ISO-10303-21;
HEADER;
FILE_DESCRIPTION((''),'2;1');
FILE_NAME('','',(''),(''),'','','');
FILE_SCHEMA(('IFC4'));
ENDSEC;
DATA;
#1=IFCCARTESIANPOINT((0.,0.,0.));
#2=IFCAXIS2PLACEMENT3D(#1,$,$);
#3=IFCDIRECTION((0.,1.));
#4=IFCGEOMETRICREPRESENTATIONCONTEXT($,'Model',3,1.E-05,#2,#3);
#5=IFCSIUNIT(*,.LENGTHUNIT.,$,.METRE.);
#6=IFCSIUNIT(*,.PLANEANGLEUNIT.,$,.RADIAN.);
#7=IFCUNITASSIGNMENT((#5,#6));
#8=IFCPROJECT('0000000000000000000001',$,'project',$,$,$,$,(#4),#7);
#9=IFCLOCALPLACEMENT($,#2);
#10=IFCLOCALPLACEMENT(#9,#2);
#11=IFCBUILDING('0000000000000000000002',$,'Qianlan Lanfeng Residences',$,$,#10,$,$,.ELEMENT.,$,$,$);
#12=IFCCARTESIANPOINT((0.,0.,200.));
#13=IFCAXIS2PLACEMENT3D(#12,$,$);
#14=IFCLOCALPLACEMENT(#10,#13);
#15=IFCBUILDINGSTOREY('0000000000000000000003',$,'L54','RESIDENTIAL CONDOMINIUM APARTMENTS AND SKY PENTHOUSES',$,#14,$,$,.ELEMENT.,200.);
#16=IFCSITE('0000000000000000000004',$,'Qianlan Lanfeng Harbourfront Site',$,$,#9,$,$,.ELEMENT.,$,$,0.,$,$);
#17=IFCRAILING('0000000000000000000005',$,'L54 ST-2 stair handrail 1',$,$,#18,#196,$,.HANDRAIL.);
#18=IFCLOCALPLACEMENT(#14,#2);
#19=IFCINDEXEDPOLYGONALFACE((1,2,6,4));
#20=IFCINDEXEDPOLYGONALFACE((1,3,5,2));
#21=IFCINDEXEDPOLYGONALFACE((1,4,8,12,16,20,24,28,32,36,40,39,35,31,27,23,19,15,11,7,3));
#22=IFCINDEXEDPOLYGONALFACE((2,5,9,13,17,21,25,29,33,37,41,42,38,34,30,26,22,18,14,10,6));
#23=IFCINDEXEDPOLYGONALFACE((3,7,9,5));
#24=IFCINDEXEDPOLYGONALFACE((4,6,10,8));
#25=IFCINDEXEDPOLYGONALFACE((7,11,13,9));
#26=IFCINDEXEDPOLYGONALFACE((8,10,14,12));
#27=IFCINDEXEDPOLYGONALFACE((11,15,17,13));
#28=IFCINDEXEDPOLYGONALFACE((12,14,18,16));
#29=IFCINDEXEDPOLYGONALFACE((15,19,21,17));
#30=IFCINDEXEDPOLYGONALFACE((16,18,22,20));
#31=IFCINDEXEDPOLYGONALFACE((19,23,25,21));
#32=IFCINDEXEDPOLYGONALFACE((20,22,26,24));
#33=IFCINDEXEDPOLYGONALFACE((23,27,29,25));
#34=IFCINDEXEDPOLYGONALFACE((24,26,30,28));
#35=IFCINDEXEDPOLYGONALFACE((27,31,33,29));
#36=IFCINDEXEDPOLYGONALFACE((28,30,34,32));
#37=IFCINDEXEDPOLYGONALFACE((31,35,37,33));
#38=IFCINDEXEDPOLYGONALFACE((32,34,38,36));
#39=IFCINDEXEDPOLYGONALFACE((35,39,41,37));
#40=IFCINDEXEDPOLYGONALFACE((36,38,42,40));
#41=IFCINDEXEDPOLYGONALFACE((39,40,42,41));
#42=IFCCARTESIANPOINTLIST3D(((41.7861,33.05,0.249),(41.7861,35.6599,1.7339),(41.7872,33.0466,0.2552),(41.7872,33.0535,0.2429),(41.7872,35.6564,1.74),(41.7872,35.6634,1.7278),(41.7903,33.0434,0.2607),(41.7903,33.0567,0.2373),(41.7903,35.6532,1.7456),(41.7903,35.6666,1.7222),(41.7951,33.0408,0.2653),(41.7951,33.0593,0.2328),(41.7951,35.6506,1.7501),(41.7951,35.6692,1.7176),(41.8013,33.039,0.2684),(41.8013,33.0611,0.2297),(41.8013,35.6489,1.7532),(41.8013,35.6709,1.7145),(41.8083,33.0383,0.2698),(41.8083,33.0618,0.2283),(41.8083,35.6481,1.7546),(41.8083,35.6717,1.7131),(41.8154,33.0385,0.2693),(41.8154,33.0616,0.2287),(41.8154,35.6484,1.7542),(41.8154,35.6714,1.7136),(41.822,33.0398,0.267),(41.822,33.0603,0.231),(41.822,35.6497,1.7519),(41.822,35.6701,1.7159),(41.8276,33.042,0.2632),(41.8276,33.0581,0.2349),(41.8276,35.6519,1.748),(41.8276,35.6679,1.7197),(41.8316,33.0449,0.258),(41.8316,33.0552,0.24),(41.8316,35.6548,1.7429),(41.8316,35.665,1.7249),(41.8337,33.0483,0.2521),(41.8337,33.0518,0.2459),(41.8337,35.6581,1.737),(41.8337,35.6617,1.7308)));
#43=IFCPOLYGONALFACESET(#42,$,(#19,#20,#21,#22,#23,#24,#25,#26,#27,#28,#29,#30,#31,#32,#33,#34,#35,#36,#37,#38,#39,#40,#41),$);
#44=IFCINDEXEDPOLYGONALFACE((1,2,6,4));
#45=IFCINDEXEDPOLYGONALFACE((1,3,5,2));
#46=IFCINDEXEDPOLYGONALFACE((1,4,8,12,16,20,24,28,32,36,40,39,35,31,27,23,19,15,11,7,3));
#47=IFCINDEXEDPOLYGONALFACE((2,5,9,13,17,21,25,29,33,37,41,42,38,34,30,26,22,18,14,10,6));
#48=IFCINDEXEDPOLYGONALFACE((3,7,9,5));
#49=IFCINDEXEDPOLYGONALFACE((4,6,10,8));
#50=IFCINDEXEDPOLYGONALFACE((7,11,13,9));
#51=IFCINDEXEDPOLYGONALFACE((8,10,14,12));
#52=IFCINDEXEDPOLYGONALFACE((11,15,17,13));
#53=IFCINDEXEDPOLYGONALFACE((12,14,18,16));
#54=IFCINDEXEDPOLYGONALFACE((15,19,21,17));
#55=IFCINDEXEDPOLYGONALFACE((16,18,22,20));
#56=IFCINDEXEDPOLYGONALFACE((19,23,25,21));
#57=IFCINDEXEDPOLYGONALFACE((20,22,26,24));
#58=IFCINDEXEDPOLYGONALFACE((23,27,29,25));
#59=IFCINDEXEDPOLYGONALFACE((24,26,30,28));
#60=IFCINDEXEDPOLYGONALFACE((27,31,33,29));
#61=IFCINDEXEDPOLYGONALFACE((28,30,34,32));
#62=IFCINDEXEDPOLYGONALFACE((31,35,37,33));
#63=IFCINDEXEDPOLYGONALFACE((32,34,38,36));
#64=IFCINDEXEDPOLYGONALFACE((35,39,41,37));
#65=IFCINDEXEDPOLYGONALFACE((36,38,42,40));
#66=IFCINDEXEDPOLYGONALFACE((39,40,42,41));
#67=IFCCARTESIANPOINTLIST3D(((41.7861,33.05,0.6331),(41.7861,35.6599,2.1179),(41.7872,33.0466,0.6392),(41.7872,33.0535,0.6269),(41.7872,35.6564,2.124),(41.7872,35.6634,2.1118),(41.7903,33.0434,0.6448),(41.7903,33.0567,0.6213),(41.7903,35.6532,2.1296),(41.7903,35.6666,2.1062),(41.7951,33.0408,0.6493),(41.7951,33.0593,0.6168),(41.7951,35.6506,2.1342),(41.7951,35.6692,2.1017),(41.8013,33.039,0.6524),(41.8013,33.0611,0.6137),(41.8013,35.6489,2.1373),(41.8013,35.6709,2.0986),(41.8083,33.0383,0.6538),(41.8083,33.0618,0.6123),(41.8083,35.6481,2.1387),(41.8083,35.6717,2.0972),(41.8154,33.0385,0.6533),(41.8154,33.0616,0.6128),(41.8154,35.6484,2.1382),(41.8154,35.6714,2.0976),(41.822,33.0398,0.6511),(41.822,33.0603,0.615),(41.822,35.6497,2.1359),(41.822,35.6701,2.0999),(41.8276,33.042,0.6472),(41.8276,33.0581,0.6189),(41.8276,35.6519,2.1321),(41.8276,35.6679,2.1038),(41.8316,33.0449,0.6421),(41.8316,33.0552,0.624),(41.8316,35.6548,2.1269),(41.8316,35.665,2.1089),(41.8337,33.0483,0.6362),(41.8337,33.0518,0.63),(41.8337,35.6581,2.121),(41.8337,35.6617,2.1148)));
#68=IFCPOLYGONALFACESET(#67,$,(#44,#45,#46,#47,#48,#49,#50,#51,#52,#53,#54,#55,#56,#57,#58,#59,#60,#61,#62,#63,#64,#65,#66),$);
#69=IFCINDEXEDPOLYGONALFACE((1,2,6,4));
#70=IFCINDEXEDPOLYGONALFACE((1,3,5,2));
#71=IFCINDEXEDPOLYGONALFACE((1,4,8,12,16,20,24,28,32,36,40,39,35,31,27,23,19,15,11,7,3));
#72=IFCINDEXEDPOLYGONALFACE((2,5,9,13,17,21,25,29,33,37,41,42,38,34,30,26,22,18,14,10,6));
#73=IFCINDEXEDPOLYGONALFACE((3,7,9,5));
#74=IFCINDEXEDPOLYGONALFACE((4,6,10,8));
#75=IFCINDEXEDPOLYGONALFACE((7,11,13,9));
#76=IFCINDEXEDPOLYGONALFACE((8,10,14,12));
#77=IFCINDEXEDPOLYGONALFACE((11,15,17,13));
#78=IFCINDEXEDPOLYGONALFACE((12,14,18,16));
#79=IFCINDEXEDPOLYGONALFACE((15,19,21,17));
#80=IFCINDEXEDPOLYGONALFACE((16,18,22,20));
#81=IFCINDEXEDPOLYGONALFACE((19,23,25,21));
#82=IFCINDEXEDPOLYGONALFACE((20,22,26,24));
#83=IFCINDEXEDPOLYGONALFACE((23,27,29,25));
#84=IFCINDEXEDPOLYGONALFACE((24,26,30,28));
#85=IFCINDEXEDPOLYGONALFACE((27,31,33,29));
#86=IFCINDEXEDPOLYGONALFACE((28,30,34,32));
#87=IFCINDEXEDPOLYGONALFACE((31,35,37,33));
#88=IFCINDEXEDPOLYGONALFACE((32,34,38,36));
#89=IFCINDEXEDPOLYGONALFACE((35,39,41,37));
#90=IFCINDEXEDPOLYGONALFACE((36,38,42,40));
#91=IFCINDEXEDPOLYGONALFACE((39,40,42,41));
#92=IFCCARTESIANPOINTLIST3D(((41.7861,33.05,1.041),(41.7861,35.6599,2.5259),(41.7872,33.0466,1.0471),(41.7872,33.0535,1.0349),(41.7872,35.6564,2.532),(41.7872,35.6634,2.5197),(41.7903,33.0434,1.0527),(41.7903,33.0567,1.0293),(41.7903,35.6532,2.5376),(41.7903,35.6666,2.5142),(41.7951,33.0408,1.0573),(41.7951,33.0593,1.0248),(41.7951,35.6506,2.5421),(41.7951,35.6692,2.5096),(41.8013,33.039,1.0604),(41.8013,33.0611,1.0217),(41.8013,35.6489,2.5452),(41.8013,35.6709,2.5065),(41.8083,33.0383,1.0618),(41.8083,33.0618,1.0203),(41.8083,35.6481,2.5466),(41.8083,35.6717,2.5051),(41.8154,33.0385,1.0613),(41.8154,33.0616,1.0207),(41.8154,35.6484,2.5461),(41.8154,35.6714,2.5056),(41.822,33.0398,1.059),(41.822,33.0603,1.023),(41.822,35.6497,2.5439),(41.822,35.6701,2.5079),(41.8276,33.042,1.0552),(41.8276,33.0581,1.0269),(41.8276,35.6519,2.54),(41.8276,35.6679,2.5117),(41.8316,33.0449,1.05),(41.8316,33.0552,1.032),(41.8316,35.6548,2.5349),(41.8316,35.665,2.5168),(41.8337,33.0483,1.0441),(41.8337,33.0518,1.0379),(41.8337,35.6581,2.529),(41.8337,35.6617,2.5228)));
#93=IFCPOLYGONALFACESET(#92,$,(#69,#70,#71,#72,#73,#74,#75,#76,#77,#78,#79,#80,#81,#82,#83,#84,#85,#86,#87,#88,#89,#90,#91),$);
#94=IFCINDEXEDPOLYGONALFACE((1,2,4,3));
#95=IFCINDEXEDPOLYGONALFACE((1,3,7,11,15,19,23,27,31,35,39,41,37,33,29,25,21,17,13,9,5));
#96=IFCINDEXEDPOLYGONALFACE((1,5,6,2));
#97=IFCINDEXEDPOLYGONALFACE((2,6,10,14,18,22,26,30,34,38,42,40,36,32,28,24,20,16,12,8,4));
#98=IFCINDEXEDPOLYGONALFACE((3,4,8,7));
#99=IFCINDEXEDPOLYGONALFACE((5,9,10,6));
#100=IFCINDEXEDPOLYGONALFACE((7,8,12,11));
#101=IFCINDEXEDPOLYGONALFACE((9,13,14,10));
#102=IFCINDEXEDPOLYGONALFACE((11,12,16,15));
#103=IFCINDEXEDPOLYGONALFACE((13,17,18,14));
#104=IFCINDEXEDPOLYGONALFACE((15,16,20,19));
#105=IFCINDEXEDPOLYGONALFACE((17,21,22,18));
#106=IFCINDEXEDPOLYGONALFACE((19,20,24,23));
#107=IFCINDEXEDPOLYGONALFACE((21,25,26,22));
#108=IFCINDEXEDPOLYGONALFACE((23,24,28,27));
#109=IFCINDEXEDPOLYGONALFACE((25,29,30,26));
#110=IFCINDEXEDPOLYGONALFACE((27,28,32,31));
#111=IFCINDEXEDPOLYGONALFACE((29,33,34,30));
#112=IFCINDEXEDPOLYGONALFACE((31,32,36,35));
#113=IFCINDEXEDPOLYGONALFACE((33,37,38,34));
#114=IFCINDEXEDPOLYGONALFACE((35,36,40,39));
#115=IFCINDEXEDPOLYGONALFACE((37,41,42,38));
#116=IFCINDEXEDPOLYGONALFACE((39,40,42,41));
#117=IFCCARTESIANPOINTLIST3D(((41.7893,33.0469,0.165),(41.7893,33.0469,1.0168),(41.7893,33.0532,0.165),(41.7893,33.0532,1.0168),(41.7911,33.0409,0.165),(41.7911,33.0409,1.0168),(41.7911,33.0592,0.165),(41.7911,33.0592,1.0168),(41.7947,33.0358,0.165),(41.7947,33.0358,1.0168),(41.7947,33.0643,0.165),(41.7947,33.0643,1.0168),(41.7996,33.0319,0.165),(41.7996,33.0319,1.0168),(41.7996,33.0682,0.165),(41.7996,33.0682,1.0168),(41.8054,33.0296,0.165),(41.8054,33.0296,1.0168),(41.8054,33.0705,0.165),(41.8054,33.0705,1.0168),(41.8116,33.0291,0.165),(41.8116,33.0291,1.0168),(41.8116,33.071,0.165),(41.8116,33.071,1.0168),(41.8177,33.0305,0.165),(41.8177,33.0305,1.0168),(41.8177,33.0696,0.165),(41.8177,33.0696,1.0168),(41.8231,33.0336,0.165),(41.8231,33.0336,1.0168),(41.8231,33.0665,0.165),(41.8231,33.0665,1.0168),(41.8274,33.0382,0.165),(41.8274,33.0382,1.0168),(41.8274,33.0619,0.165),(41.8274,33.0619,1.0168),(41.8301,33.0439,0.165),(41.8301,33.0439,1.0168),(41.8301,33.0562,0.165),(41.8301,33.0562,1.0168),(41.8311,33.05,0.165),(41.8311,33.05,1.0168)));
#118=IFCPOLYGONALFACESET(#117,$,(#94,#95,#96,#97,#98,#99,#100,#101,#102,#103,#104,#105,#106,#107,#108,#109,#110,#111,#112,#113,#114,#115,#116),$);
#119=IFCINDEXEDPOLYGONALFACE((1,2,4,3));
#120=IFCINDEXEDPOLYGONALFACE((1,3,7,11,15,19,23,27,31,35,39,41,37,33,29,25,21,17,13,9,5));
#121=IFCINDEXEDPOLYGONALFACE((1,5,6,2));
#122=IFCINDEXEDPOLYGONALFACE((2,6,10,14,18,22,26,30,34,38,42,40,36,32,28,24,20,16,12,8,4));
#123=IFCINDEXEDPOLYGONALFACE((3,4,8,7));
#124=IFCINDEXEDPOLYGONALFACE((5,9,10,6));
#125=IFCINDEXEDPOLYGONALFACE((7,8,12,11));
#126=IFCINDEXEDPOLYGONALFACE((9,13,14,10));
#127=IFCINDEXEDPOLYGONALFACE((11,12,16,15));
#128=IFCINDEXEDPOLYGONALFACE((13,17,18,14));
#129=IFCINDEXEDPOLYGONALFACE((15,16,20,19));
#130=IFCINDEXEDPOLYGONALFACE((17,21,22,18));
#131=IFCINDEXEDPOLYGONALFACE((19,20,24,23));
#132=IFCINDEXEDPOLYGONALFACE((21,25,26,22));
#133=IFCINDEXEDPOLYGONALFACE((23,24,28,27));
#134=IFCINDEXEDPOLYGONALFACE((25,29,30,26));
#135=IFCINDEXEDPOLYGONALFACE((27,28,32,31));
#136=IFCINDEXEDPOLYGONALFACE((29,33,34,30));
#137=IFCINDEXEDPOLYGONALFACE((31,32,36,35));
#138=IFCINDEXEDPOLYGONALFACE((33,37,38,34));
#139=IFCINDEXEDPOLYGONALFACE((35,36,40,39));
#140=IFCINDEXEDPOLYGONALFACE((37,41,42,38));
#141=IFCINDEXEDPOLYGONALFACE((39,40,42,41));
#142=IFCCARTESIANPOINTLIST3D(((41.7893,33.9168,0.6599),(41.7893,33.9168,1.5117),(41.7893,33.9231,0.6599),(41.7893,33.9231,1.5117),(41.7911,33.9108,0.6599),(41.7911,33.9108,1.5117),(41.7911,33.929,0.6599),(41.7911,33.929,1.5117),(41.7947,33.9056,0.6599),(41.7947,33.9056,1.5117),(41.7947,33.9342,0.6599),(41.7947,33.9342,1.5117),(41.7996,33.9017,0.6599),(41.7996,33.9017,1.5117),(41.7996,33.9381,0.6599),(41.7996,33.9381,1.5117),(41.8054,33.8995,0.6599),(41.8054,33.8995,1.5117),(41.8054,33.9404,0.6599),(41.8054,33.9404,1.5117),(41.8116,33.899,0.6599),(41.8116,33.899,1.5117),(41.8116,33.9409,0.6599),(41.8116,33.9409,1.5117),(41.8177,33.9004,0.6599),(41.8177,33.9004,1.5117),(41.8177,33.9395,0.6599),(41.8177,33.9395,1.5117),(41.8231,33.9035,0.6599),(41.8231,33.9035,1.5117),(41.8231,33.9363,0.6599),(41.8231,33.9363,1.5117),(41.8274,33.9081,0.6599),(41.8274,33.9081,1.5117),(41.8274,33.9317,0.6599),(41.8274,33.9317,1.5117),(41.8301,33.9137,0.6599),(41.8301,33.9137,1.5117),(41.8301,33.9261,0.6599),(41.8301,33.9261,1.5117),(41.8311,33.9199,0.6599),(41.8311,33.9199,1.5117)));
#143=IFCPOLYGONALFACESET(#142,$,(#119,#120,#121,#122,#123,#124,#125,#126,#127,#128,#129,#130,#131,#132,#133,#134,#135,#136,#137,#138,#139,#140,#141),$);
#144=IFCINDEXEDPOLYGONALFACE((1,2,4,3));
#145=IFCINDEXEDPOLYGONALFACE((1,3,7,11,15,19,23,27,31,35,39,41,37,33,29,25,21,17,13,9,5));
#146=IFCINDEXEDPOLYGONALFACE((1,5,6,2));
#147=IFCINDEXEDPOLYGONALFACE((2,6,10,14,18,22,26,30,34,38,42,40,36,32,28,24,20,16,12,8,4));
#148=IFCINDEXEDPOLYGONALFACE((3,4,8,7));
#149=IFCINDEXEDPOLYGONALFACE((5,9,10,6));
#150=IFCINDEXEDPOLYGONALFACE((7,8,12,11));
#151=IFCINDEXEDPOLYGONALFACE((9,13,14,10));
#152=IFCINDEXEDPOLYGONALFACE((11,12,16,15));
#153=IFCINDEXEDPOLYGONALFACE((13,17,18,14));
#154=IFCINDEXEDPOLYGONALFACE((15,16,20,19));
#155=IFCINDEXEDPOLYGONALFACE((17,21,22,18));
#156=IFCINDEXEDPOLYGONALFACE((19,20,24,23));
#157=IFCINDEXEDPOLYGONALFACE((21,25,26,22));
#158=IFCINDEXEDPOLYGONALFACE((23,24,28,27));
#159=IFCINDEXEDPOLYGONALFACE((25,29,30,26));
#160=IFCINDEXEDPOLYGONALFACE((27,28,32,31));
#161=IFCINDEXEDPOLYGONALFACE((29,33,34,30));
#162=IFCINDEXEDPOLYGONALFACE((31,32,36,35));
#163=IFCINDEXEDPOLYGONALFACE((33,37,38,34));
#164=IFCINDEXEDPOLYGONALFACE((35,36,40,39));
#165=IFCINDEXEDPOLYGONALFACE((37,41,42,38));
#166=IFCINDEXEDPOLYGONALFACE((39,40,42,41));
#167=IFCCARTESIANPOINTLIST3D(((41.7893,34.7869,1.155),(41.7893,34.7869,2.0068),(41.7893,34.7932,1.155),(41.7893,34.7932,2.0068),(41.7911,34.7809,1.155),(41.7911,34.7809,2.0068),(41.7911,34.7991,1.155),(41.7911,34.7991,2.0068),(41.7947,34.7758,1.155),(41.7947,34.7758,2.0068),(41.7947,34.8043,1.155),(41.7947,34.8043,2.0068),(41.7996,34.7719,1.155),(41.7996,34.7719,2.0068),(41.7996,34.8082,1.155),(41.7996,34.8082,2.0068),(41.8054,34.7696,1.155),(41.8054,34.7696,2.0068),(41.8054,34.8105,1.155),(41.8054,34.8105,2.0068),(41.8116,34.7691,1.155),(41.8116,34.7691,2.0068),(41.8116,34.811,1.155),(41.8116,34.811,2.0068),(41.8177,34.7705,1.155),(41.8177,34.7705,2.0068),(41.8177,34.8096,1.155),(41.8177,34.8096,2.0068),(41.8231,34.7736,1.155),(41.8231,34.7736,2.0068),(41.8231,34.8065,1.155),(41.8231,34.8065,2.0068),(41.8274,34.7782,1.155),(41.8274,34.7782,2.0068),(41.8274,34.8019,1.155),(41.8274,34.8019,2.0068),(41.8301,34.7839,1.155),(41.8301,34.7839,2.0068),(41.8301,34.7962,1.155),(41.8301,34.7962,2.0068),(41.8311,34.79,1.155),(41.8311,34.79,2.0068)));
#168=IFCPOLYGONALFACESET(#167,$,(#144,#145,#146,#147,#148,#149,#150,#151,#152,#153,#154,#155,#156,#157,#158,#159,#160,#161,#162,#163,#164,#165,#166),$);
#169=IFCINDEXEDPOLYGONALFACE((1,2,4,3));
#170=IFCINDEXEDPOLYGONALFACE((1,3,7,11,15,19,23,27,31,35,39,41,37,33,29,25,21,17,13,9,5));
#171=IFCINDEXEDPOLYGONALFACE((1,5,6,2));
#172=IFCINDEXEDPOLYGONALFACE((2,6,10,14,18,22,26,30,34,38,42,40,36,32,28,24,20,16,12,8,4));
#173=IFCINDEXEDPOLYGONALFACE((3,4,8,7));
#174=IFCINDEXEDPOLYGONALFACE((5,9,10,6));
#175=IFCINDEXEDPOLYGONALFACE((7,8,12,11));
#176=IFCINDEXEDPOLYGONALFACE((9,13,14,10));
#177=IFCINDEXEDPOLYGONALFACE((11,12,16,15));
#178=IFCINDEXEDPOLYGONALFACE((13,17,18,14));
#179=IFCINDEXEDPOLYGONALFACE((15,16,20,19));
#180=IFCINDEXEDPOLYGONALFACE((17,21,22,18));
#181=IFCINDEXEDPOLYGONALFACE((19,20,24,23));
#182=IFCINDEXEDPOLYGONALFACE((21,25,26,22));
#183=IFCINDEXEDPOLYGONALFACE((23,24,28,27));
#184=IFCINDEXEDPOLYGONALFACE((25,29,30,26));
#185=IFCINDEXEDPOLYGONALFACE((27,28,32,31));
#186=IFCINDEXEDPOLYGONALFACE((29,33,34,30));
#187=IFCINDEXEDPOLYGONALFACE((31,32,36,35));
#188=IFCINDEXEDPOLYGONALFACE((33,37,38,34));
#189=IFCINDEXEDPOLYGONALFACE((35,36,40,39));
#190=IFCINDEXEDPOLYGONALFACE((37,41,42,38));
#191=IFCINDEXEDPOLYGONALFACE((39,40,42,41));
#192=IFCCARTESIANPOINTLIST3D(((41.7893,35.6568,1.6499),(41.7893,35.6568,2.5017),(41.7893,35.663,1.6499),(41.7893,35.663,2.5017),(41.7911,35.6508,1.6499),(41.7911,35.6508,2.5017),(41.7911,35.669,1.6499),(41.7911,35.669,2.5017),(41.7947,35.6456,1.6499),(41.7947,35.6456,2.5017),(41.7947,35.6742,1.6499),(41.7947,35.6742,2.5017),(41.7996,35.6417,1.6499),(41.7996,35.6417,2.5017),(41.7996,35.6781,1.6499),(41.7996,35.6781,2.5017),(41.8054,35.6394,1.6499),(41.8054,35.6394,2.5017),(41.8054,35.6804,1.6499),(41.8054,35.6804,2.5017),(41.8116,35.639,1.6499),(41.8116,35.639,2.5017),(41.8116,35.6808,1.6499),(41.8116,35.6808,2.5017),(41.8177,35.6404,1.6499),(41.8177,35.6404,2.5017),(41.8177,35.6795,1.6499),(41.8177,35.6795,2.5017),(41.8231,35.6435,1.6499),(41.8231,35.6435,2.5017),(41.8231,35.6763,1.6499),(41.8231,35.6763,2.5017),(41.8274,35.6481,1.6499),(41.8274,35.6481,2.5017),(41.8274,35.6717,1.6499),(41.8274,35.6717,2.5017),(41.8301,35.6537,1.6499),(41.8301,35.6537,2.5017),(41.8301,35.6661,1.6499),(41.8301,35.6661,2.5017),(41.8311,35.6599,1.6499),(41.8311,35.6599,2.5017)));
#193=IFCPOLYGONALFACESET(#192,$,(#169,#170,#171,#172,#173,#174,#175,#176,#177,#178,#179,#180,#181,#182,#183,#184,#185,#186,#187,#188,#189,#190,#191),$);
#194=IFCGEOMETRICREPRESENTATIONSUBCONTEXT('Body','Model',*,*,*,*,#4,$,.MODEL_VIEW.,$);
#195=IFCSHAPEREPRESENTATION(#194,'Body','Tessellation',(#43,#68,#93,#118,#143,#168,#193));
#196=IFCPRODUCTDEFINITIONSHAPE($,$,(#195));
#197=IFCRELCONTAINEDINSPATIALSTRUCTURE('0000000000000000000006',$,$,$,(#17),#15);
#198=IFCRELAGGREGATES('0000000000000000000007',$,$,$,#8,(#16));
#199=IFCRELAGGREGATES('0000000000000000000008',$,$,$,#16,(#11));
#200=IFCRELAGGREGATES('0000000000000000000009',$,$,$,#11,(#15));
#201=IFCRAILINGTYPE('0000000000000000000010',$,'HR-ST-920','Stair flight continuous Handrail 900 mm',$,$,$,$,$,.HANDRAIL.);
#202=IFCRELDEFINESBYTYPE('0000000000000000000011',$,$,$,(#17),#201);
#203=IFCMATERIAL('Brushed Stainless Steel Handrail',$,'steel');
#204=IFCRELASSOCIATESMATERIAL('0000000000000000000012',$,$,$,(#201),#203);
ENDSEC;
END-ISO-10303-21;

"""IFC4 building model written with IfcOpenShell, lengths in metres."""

from ifc_helpers import new_model, si_unit, direction, frame, origin, origin_2d, place, context, subcontext, project, spatial, circle, extrude, material, type_object, element, save


model = new_model("IFC4")

# Units and contexts
model_context = context("Model", 3, precision=1e-05, world=origin(), true_north=direction((0.0, 1.0)))
body_context = subcontext(model_context, "Body", "Model", "MODEL_VIEW")
ifc_project = project(units=[si_unit("LENGTHUNIT", "METRE"), si_unit("PLANEANGLEUNIT", "RADIAN")], contexts=[model_context])

# Site, building, storey
site_placement = place(None, origin())
site = spatial("IfcSite", under=ifc_project, at=site_placement, Name="Qianlan Lanfeng Harbourfront Site", CompositionType="ELEMENT", RefElevation=0.0)
building_placement = place(site_placement, origin())
building = spatial("IfcBuilding", under=site, at=building_placement, Name="Qianlan Lanfeng Residences", CompositionType="ELEMENT")
storey_placement = place(building_placement, frame((0.0, 0.0, 200.0)))
storey = spatial("IfcBuildingStorey", under=building, at=storey_placement, Name="L54", Description="RESIDENTIAL CONDOMINIUM APARTMENTS AND SKY PENTHOUSES", CompositionType="ELEMENT", Elevation=200.0)

# Railing
ifc_material_1 = material(Name="Brushed Stainless Steel Handrail", Category="steel")
railing_type_1 = type_object("IfcRailingType", Name="HR-ST-920", Description="Stair flight continuous Handrail 900 mm", PredefinedType="HANDRAIL", material=ifc_material_1)
railing_1_placement = place(storey_placement, frame((41.8101, 33.05, 0.165)))
element("IfcRailing", 1, at=railing_1_placement, inside=storey, type_object=railing_type_1, Name="L54 ST-2 stair handrail 1", PredefinedType="HANDRAIL", context=body_context, shape_type="SweptSolid", body=[
    extrude(circle(Radius=0.0239, at=origin_2d()), frame((0.0, 0.0, 0.084), z_axis=(0.0, 0.869172, 0.494509), x_axis=(-1.0, 0.0, 0.0)), (0.0, 0.0, 1.0), 3.0027),
    extrude(circle(Radius=0.0239, at=origin_2d()), frame((0.0, 0.0, 0.468), z_axis=(0.0, 0.869172, 0.494509), x_axis=(-1.0, 0.0, 0.0)), (0.0, 0.0, 1.0), 3.0027),
    extrude(circle(Radius=0.0239, at=origin_2d()), frame((0.0, 0.0, 0.876), z_axis=(0.0, 0.869172, 0.494509), x_axis=(-1.0, 0.0, 0.0)), (0.0, 0.0, 1.0), 3.0027),
    extrude(circle(Radius=0.021, at=origin_2d()), origin(), (0.0, 0.0, 1.0), 0.8518),
    extrude(circle(Radius=0.021, at=origin_2d()), frame((0.0, 0.8699, 0.4949)), (0.0, 0.0, 1.0), 0.8518),
    extrude(circle(Radius=0.021, at=origin_2d()), frame((0.0, 1.74, 0.99)), (0.0, 0.0, 1.0), 0.8518),
    extrude(circle(Radius=0.021, at=origin_2d()), frame((0.0, 2.6099, 1.4849)), (0.0, 0.0, 1.0), 0.8518),
])

save(model, "model.ifc")
